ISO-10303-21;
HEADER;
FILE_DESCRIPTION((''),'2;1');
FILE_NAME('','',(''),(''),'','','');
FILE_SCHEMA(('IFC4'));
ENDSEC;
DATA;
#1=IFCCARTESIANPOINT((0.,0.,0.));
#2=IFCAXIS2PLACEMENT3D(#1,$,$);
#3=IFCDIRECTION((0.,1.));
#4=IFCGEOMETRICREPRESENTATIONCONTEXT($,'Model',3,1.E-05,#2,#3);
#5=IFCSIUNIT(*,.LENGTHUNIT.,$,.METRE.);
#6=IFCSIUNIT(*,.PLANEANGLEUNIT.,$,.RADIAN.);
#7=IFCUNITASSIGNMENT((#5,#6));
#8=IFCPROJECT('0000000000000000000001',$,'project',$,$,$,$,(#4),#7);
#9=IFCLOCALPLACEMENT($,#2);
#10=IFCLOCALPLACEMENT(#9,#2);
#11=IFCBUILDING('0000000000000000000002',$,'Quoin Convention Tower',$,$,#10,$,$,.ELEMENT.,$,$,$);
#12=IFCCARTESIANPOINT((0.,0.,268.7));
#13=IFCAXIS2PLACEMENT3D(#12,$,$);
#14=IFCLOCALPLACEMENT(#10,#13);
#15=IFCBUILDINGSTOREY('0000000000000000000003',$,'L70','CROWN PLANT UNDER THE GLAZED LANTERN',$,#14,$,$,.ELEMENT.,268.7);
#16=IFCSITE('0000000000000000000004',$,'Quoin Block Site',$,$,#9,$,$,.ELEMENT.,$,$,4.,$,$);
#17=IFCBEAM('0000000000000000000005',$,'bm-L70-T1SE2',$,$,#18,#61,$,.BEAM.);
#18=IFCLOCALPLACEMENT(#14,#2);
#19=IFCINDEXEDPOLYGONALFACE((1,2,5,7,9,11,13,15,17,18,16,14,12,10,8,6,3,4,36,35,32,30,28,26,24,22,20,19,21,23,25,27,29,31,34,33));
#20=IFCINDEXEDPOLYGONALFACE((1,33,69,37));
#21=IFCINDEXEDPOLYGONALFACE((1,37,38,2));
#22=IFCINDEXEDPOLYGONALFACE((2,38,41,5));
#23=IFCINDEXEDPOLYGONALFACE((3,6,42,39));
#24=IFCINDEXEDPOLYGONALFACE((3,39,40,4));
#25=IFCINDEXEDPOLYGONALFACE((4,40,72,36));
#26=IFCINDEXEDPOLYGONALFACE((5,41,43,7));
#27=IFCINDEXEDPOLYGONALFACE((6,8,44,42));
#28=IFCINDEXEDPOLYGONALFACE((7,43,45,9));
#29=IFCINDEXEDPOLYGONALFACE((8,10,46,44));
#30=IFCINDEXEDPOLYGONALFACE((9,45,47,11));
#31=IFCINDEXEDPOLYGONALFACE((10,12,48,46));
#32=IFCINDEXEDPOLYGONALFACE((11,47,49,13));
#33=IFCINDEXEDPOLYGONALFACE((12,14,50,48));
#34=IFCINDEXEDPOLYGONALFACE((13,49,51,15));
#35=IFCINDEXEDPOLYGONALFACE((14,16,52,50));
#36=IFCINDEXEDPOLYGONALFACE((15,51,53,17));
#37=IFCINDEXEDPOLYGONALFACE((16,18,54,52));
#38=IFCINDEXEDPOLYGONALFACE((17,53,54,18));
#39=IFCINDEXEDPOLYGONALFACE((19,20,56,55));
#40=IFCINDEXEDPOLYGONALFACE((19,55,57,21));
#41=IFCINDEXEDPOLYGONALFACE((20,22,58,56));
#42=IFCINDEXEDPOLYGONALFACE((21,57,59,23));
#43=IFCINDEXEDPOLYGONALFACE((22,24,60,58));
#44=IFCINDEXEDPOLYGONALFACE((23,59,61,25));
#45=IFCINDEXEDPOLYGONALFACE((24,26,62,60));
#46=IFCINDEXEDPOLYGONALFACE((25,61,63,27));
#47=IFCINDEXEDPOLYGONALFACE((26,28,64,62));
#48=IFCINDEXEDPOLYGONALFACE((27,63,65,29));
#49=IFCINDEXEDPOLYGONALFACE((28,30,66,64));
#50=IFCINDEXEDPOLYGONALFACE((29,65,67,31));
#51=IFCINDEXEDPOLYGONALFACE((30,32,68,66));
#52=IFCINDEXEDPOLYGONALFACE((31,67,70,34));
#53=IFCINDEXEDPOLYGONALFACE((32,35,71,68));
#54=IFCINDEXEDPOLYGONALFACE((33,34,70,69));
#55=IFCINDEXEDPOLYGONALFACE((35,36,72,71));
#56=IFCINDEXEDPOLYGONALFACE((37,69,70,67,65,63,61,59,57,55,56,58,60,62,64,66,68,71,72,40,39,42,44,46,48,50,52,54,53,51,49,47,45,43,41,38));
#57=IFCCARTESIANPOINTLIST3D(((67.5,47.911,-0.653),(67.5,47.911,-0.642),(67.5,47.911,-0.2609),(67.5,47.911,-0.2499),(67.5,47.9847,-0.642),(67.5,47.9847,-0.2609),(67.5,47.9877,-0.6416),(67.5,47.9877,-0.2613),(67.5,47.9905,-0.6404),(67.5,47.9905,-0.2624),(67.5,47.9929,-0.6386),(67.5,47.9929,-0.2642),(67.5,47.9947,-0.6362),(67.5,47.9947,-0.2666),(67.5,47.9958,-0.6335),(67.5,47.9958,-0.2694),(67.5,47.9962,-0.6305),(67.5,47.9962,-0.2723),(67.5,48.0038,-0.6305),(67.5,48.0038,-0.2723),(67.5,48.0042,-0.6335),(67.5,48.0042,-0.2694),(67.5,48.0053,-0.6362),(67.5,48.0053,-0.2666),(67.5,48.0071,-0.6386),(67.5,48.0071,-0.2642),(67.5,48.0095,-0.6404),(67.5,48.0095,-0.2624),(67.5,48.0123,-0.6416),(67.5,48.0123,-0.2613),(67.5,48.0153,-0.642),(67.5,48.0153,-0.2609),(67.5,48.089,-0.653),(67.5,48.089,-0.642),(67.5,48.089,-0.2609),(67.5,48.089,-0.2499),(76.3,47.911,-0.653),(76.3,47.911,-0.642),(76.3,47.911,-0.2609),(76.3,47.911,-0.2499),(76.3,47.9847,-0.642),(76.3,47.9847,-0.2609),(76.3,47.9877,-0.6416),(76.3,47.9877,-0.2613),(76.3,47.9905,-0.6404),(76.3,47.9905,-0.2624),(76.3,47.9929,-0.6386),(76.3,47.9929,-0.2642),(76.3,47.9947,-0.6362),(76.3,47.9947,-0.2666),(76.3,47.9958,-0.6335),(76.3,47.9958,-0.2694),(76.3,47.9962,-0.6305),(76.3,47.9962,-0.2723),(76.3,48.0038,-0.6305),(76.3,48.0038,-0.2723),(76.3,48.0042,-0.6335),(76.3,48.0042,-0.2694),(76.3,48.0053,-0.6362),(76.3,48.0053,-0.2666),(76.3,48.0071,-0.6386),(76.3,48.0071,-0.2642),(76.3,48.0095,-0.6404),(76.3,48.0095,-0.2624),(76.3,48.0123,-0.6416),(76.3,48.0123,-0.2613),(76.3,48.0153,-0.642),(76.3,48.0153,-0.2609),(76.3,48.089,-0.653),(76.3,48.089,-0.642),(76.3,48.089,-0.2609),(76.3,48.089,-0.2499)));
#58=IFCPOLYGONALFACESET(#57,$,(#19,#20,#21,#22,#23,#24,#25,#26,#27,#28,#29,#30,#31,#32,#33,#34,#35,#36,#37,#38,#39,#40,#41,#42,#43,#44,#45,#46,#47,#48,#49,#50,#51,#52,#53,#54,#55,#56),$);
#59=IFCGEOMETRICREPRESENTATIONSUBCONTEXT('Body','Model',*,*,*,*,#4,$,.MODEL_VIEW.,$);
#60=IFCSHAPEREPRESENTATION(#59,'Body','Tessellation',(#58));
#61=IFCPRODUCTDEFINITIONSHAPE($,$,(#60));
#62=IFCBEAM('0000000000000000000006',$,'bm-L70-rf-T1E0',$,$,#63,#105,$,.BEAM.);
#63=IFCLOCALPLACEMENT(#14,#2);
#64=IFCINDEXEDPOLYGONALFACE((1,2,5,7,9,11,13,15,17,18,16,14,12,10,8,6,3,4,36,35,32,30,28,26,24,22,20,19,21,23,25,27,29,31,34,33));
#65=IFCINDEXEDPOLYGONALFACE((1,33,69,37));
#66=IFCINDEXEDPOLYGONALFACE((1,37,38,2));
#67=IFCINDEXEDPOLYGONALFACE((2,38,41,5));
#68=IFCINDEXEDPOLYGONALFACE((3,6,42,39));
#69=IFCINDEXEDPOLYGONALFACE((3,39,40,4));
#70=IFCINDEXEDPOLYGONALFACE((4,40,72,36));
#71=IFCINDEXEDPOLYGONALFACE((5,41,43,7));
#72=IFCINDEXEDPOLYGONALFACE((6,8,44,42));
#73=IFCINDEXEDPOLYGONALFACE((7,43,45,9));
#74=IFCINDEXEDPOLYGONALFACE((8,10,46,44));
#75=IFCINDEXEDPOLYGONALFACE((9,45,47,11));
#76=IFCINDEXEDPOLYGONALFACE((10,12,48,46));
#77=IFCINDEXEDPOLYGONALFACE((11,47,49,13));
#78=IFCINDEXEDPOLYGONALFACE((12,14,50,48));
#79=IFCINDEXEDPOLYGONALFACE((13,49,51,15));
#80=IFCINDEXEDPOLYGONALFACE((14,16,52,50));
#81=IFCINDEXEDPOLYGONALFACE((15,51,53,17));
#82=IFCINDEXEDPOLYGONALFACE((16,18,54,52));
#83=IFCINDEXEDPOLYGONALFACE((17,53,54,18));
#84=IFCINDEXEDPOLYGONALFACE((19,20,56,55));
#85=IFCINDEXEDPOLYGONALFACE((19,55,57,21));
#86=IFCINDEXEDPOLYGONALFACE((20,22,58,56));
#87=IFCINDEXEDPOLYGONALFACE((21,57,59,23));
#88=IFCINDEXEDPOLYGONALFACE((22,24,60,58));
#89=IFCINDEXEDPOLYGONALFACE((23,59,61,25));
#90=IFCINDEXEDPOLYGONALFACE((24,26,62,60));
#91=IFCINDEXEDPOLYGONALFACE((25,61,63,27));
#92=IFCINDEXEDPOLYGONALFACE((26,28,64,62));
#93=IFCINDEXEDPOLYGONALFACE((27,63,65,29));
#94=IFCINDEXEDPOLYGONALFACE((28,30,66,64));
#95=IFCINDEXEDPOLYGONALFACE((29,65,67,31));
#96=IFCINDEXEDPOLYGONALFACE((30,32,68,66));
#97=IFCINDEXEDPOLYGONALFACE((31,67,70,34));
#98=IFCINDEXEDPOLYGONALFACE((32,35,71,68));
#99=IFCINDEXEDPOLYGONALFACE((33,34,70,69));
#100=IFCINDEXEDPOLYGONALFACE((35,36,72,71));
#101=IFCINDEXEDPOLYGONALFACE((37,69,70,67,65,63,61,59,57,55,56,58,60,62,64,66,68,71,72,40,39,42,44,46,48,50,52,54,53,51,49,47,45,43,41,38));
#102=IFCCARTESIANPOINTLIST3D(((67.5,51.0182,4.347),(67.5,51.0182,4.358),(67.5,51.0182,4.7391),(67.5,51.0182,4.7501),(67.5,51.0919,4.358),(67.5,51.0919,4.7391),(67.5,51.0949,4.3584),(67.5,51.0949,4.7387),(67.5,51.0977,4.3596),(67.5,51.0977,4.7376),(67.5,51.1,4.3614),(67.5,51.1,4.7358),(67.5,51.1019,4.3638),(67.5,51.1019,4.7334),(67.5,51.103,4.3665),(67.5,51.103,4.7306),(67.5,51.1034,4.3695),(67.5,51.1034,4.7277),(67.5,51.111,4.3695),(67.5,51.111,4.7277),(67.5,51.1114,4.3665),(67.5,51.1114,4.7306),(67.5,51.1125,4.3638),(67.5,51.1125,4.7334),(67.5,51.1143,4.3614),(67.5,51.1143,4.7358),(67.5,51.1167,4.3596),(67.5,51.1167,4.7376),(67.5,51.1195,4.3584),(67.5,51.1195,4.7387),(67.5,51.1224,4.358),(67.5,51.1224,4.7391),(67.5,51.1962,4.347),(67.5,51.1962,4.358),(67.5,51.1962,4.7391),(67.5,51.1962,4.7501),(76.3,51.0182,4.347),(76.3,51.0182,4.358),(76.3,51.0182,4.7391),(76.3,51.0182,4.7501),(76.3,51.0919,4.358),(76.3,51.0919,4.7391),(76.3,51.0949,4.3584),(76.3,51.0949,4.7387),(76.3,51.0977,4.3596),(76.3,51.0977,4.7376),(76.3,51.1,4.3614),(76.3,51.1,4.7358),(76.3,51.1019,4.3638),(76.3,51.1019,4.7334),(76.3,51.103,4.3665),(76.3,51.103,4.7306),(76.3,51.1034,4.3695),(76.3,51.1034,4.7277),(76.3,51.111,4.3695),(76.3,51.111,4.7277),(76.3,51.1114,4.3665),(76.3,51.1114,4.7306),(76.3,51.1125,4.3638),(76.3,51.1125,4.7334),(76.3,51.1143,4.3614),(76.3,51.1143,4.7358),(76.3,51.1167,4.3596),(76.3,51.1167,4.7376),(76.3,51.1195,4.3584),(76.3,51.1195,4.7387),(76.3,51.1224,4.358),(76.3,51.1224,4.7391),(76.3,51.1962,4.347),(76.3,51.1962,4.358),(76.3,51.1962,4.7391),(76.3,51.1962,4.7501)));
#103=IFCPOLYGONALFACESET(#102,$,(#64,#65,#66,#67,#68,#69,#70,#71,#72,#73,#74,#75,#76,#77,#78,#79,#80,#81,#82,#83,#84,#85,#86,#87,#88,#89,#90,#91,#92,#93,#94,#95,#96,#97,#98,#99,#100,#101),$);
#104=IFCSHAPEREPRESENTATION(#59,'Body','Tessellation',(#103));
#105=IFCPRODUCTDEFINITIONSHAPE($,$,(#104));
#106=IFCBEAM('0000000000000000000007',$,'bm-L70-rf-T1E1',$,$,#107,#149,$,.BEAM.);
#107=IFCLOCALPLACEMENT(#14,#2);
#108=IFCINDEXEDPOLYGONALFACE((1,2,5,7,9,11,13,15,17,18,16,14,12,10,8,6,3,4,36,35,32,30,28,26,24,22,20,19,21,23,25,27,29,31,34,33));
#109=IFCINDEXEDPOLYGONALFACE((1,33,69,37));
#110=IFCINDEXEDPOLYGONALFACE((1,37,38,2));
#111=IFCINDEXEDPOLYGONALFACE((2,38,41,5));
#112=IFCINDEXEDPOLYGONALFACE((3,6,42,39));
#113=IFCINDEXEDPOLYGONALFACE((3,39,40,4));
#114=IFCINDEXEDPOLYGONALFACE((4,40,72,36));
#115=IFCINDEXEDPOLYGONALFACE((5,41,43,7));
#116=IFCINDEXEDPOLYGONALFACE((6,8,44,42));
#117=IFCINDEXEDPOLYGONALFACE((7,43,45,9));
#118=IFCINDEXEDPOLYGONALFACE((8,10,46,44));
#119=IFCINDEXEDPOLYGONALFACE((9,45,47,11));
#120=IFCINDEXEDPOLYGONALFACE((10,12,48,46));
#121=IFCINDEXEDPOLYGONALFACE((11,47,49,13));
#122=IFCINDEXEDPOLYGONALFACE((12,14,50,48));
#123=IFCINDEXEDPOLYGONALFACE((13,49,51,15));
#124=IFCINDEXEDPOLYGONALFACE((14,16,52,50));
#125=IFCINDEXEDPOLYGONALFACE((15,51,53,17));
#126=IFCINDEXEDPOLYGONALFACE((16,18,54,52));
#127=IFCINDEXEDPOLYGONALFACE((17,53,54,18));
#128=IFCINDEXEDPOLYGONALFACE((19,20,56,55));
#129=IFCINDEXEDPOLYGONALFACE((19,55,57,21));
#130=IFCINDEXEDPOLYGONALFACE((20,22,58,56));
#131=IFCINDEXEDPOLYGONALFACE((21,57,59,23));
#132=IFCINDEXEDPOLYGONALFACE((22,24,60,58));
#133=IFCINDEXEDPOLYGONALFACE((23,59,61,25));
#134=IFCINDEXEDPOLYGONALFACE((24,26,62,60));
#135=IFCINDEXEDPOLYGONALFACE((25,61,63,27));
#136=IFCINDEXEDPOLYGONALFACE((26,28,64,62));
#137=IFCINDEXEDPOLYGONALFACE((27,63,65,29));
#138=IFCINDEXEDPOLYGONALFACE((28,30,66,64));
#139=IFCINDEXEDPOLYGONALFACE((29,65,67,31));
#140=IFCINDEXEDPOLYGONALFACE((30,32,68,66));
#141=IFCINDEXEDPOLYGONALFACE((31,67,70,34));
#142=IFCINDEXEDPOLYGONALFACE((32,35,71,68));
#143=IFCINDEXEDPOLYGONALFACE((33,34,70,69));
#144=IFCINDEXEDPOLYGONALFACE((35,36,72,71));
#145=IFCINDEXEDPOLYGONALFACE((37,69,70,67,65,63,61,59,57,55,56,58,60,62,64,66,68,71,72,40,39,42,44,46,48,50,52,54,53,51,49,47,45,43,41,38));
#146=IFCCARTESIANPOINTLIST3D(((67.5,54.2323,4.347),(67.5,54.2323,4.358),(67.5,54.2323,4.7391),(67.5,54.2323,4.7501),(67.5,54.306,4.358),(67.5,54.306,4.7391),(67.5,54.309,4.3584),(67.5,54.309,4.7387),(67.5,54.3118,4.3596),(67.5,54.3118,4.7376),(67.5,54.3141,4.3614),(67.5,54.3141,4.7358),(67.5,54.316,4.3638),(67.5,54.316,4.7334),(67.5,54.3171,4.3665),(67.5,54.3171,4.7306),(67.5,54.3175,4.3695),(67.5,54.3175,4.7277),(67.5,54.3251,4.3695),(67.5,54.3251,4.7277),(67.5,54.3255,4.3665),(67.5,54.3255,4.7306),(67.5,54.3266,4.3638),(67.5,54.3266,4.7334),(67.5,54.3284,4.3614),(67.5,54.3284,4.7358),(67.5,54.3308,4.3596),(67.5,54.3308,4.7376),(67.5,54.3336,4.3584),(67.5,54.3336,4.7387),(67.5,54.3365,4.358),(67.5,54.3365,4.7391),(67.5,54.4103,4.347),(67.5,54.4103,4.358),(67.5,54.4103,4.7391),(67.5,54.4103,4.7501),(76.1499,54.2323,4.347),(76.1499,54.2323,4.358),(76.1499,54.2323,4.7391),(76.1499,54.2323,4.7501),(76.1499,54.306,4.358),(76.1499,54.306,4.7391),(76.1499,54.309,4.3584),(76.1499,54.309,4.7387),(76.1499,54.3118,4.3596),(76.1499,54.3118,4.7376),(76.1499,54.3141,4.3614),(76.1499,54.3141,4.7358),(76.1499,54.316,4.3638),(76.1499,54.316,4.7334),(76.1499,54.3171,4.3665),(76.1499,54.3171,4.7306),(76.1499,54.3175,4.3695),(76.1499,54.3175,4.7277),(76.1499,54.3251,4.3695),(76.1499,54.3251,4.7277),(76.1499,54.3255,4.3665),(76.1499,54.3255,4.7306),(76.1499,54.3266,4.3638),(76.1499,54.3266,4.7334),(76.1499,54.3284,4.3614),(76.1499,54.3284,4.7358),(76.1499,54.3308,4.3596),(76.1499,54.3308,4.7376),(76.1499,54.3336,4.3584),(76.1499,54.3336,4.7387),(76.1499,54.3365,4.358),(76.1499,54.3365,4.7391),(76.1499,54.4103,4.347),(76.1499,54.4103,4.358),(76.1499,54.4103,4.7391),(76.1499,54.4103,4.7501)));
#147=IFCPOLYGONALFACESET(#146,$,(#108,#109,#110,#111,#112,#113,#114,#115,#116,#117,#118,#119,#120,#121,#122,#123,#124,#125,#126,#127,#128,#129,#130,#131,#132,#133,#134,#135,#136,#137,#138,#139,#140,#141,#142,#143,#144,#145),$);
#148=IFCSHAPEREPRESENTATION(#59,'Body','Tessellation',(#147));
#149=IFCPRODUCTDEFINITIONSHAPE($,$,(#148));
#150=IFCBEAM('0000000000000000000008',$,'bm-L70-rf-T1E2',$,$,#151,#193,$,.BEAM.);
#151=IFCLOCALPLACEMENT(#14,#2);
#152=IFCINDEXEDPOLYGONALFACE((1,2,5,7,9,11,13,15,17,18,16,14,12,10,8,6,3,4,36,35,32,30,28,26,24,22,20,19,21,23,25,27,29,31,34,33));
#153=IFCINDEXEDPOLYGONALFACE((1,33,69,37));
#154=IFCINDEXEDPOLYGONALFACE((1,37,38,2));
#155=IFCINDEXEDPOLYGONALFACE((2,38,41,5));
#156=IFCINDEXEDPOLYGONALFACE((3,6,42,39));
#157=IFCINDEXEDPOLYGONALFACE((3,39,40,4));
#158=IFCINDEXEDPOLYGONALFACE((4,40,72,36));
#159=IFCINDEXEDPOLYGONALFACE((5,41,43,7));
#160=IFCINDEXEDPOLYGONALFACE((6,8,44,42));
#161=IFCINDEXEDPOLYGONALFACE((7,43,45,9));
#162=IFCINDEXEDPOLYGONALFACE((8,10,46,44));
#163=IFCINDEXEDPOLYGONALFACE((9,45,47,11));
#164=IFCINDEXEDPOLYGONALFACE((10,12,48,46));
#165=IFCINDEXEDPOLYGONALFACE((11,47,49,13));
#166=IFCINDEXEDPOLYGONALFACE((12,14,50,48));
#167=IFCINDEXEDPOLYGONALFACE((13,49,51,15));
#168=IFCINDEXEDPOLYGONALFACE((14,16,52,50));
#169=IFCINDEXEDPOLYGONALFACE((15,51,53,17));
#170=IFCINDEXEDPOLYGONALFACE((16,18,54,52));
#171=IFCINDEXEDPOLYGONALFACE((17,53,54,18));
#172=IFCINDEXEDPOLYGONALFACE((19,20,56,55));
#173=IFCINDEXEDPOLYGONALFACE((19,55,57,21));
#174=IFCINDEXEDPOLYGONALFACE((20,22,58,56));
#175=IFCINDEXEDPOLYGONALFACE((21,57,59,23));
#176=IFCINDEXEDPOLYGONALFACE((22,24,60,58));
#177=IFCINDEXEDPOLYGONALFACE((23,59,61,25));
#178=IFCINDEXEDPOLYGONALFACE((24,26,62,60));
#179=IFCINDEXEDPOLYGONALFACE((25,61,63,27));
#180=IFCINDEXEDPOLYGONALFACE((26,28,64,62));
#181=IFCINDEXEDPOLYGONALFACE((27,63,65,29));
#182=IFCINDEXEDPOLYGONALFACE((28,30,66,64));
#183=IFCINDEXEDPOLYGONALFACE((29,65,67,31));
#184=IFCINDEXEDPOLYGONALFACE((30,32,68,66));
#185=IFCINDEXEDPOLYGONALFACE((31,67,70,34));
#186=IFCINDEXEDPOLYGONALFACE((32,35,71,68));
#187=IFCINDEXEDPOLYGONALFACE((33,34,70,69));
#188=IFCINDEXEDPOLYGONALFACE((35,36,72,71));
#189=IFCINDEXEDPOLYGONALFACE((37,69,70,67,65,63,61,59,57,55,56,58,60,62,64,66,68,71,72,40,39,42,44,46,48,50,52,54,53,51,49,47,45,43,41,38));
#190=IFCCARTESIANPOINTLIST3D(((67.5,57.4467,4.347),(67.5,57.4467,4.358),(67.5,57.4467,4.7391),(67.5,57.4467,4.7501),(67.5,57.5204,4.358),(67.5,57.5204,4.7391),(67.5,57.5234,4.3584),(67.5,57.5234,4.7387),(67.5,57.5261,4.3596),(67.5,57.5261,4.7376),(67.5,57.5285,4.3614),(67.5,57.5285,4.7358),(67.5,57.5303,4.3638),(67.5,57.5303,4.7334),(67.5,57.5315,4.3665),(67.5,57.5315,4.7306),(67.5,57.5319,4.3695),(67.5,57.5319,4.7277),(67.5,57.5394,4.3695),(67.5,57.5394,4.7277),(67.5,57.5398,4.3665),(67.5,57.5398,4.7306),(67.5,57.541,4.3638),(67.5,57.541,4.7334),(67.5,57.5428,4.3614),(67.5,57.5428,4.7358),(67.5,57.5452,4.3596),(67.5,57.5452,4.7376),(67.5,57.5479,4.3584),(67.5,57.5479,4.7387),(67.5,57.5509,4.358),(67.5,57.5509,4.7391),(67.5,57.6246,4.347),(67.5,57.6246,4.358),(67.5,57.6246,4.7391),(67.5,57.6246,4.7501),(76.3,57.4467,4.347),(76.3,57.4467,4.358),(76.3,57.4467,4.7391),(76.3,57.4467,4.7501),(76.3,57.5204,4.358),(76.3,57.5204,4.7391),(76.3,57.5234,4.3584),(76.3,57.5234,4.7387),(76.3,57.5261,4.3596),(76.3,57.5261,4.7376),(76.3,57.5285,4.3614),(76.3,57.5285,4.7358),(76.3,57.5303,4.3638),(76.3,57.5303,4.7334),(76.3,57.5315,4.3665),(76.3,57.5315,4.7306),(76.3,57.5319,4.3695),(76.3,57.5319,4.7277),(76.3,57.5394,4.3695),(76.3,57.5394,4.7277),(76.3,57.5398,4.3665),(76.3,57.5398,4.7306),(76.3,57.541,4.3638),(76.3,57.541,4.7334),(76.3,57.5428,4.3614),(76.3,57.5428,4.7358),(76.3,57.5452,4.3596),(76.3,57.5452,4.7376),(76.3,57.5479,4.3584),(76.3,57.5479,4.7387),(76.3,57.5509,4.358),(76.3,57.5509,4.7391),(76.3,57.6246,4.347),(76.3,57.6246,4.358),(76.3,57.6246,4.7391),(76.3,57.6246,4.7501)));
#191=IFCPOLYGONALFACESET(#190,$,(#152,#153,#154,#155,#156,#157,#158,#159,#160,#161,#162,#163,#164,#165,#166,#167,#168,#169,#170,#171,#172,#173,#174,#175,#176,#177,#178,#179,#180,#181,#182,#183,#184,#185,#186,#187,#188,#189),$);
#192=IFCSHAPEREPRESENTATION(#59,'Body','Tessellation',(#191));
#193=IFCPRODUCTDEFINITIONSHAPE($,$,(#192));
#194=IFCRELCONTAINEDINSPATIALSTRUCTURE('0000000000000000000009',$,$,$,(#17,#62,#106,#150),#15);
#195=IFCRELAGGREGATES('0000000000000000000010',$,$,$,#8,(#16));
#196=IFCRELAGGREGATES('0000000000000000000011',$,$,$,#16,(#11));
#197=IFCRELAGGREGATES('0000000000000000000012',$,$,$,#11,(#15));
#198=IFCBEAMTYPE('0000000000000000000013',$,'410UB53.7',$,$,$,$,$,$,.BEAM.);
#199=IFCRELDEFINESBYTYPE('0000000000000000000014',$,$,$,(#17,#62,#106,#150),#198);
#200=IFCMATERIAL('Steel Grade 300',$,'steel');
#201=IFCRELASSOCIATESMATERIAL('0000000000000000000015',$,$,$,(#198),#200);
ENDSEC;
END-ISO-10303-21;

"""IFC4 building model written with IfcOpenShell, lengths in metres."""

from ifc_helpers import new_model, si_unit, direction, frame, origin, origin_2d, place, context, subcontext, project, spatial, i_section, extrude, material, material_profile, profile_set, type_object, element, save


model = new_model("IFC4")

# Units and contexts
model_context = context("Model", 3, precision=1e-05, world=origin(), true_north=direction((0.0, 1.0)))
body_context = subcontext(model_context, "Body", "Model", "MODEL_VIEW")
ifc_project = project(units=[si_unit("LENGTHUNIT", "METRE"), si_unit("PLANEANGLEUNIT", "RADIAN")], contexts=[model_context])

# Site, building, storey
site_placement = place(None, origin())
site = spatial("IfcSite", under=ifc_project, at=site_placement, Name="Quoin Block Site", CompositionType="ELEMENT", RefElevation=4.0)
building_placement = place(site_placement, origin())
building = spatial("IfcBuilding", under=site, at=building_placement, Name="Quoin Convention Tower", CompositionType="ELEMENT")
storey_placement = place(building_placement, frame((0.0, 0.0, 268.7)))
storey = spatial("IfcBuildingStorey", under=building, at=storey_placement, Name="L70", Description="CROWN PLANT UNDER THE GLAZED LANTERN", CompositionType="ELEMENT", Elevation=268.7)

# Beams
ifc_material_1 = material(Name="Steel Grade 300", Category="steel")
ifc_material_profile_1 = material_profile(ifc_material_1, i_section(OverallWidth=0.178, OverallDepth=0.4031, WebThickness=0.0076, FlangeThickness=0.011, FilletRadius=0.0115, at=origin_2d()), Name="410UB53.7")
ifc_profile_set_1 = profile_set([ifc_material_profile_1], Name="Steel Grade 300")
beam_type_1 = type_object("IfcBeamType", Name="410UB53.7", PredefinedType="BEAM", material=ifc_profile_set_1)
for number, where, z_axis, x_axis, name in (
    (1, (67.5, 48.0, -0.4514), (1.0, 0.0, 0.0), (0.0, 1.0, 0.0), "bm-L70-T1SE2"),
    (2, (67.5, 51.1072, 4.5486), (1.0, 0.0, 0.0), (0.0, 1.0, 0.0), "bm-L70-rf-T1E0"),
):
    element("IfcBeam", number, at=place(storey_placement, frame(where, z_axis=z_axis, x_axis=x_axis)), inside=storey, type_object=beam_type_1, Name=name, PredefinedType="BEAM", context=body_context, shape_type="SweptSolid", body=[
        extrude(i_section(OverallWidth=0.178, OverallDepth=0.4031, WebThickness=0.0076, FlangeThickness=0.011, FilletRadius=0.0115, at=origin_2d()), origin(), (0.0, 0.0, 1.0), 8.8),
    ])
beam_1_placement = place(storey_placement, frame((67.5, 54.3213, 4.5486), z_axis=(1.0, 0.0, 0.0), x_axis=(0.0, 1.0, 0.0)))
element("IfcBeam", 3, at=beam_1_placement, inside=storey, type_object=beam_type_1, Name="bm-L70-rf-T1E1", PredefinedType="BEAM", context=body_context, shape_type="SweptSolid", body=[
    extrude(i_section(OverallWidth=0.178, OverallDepth=0.4031, WebThickness=0.0076, FlangeThickness=0.011, FilletRadius=0.0115, at=origin_2d()), origin(), (0.0, 0.0, 1.0), 8.6499),
])
beam_2_placement = place(storey_placement, frame((67.5, 57.5356, 4.5486), z_axis=(1.0, 0.0, 0.0), x_axis=(0.0, 1.0, 0.0)))
element("IfcBeam", 4, at=beam_2_placement, inside=storey, type_object=beam_type_1, Name="bm-L70-rf-T1E2", PredefinedType="BEAM", context=body_context, shape_type="SweptSolid", body=[
    extrude(i_section(OverallWidth=0.178, OverallDepth=0.4031, WebThickness=0.0076, FlangeThickness=0.011, FilletRadius=0.0115, at=origin_2d()), origin(), (0.0, 0.0, 1.0), 8.8),
])

save(model, "model.ifc")
